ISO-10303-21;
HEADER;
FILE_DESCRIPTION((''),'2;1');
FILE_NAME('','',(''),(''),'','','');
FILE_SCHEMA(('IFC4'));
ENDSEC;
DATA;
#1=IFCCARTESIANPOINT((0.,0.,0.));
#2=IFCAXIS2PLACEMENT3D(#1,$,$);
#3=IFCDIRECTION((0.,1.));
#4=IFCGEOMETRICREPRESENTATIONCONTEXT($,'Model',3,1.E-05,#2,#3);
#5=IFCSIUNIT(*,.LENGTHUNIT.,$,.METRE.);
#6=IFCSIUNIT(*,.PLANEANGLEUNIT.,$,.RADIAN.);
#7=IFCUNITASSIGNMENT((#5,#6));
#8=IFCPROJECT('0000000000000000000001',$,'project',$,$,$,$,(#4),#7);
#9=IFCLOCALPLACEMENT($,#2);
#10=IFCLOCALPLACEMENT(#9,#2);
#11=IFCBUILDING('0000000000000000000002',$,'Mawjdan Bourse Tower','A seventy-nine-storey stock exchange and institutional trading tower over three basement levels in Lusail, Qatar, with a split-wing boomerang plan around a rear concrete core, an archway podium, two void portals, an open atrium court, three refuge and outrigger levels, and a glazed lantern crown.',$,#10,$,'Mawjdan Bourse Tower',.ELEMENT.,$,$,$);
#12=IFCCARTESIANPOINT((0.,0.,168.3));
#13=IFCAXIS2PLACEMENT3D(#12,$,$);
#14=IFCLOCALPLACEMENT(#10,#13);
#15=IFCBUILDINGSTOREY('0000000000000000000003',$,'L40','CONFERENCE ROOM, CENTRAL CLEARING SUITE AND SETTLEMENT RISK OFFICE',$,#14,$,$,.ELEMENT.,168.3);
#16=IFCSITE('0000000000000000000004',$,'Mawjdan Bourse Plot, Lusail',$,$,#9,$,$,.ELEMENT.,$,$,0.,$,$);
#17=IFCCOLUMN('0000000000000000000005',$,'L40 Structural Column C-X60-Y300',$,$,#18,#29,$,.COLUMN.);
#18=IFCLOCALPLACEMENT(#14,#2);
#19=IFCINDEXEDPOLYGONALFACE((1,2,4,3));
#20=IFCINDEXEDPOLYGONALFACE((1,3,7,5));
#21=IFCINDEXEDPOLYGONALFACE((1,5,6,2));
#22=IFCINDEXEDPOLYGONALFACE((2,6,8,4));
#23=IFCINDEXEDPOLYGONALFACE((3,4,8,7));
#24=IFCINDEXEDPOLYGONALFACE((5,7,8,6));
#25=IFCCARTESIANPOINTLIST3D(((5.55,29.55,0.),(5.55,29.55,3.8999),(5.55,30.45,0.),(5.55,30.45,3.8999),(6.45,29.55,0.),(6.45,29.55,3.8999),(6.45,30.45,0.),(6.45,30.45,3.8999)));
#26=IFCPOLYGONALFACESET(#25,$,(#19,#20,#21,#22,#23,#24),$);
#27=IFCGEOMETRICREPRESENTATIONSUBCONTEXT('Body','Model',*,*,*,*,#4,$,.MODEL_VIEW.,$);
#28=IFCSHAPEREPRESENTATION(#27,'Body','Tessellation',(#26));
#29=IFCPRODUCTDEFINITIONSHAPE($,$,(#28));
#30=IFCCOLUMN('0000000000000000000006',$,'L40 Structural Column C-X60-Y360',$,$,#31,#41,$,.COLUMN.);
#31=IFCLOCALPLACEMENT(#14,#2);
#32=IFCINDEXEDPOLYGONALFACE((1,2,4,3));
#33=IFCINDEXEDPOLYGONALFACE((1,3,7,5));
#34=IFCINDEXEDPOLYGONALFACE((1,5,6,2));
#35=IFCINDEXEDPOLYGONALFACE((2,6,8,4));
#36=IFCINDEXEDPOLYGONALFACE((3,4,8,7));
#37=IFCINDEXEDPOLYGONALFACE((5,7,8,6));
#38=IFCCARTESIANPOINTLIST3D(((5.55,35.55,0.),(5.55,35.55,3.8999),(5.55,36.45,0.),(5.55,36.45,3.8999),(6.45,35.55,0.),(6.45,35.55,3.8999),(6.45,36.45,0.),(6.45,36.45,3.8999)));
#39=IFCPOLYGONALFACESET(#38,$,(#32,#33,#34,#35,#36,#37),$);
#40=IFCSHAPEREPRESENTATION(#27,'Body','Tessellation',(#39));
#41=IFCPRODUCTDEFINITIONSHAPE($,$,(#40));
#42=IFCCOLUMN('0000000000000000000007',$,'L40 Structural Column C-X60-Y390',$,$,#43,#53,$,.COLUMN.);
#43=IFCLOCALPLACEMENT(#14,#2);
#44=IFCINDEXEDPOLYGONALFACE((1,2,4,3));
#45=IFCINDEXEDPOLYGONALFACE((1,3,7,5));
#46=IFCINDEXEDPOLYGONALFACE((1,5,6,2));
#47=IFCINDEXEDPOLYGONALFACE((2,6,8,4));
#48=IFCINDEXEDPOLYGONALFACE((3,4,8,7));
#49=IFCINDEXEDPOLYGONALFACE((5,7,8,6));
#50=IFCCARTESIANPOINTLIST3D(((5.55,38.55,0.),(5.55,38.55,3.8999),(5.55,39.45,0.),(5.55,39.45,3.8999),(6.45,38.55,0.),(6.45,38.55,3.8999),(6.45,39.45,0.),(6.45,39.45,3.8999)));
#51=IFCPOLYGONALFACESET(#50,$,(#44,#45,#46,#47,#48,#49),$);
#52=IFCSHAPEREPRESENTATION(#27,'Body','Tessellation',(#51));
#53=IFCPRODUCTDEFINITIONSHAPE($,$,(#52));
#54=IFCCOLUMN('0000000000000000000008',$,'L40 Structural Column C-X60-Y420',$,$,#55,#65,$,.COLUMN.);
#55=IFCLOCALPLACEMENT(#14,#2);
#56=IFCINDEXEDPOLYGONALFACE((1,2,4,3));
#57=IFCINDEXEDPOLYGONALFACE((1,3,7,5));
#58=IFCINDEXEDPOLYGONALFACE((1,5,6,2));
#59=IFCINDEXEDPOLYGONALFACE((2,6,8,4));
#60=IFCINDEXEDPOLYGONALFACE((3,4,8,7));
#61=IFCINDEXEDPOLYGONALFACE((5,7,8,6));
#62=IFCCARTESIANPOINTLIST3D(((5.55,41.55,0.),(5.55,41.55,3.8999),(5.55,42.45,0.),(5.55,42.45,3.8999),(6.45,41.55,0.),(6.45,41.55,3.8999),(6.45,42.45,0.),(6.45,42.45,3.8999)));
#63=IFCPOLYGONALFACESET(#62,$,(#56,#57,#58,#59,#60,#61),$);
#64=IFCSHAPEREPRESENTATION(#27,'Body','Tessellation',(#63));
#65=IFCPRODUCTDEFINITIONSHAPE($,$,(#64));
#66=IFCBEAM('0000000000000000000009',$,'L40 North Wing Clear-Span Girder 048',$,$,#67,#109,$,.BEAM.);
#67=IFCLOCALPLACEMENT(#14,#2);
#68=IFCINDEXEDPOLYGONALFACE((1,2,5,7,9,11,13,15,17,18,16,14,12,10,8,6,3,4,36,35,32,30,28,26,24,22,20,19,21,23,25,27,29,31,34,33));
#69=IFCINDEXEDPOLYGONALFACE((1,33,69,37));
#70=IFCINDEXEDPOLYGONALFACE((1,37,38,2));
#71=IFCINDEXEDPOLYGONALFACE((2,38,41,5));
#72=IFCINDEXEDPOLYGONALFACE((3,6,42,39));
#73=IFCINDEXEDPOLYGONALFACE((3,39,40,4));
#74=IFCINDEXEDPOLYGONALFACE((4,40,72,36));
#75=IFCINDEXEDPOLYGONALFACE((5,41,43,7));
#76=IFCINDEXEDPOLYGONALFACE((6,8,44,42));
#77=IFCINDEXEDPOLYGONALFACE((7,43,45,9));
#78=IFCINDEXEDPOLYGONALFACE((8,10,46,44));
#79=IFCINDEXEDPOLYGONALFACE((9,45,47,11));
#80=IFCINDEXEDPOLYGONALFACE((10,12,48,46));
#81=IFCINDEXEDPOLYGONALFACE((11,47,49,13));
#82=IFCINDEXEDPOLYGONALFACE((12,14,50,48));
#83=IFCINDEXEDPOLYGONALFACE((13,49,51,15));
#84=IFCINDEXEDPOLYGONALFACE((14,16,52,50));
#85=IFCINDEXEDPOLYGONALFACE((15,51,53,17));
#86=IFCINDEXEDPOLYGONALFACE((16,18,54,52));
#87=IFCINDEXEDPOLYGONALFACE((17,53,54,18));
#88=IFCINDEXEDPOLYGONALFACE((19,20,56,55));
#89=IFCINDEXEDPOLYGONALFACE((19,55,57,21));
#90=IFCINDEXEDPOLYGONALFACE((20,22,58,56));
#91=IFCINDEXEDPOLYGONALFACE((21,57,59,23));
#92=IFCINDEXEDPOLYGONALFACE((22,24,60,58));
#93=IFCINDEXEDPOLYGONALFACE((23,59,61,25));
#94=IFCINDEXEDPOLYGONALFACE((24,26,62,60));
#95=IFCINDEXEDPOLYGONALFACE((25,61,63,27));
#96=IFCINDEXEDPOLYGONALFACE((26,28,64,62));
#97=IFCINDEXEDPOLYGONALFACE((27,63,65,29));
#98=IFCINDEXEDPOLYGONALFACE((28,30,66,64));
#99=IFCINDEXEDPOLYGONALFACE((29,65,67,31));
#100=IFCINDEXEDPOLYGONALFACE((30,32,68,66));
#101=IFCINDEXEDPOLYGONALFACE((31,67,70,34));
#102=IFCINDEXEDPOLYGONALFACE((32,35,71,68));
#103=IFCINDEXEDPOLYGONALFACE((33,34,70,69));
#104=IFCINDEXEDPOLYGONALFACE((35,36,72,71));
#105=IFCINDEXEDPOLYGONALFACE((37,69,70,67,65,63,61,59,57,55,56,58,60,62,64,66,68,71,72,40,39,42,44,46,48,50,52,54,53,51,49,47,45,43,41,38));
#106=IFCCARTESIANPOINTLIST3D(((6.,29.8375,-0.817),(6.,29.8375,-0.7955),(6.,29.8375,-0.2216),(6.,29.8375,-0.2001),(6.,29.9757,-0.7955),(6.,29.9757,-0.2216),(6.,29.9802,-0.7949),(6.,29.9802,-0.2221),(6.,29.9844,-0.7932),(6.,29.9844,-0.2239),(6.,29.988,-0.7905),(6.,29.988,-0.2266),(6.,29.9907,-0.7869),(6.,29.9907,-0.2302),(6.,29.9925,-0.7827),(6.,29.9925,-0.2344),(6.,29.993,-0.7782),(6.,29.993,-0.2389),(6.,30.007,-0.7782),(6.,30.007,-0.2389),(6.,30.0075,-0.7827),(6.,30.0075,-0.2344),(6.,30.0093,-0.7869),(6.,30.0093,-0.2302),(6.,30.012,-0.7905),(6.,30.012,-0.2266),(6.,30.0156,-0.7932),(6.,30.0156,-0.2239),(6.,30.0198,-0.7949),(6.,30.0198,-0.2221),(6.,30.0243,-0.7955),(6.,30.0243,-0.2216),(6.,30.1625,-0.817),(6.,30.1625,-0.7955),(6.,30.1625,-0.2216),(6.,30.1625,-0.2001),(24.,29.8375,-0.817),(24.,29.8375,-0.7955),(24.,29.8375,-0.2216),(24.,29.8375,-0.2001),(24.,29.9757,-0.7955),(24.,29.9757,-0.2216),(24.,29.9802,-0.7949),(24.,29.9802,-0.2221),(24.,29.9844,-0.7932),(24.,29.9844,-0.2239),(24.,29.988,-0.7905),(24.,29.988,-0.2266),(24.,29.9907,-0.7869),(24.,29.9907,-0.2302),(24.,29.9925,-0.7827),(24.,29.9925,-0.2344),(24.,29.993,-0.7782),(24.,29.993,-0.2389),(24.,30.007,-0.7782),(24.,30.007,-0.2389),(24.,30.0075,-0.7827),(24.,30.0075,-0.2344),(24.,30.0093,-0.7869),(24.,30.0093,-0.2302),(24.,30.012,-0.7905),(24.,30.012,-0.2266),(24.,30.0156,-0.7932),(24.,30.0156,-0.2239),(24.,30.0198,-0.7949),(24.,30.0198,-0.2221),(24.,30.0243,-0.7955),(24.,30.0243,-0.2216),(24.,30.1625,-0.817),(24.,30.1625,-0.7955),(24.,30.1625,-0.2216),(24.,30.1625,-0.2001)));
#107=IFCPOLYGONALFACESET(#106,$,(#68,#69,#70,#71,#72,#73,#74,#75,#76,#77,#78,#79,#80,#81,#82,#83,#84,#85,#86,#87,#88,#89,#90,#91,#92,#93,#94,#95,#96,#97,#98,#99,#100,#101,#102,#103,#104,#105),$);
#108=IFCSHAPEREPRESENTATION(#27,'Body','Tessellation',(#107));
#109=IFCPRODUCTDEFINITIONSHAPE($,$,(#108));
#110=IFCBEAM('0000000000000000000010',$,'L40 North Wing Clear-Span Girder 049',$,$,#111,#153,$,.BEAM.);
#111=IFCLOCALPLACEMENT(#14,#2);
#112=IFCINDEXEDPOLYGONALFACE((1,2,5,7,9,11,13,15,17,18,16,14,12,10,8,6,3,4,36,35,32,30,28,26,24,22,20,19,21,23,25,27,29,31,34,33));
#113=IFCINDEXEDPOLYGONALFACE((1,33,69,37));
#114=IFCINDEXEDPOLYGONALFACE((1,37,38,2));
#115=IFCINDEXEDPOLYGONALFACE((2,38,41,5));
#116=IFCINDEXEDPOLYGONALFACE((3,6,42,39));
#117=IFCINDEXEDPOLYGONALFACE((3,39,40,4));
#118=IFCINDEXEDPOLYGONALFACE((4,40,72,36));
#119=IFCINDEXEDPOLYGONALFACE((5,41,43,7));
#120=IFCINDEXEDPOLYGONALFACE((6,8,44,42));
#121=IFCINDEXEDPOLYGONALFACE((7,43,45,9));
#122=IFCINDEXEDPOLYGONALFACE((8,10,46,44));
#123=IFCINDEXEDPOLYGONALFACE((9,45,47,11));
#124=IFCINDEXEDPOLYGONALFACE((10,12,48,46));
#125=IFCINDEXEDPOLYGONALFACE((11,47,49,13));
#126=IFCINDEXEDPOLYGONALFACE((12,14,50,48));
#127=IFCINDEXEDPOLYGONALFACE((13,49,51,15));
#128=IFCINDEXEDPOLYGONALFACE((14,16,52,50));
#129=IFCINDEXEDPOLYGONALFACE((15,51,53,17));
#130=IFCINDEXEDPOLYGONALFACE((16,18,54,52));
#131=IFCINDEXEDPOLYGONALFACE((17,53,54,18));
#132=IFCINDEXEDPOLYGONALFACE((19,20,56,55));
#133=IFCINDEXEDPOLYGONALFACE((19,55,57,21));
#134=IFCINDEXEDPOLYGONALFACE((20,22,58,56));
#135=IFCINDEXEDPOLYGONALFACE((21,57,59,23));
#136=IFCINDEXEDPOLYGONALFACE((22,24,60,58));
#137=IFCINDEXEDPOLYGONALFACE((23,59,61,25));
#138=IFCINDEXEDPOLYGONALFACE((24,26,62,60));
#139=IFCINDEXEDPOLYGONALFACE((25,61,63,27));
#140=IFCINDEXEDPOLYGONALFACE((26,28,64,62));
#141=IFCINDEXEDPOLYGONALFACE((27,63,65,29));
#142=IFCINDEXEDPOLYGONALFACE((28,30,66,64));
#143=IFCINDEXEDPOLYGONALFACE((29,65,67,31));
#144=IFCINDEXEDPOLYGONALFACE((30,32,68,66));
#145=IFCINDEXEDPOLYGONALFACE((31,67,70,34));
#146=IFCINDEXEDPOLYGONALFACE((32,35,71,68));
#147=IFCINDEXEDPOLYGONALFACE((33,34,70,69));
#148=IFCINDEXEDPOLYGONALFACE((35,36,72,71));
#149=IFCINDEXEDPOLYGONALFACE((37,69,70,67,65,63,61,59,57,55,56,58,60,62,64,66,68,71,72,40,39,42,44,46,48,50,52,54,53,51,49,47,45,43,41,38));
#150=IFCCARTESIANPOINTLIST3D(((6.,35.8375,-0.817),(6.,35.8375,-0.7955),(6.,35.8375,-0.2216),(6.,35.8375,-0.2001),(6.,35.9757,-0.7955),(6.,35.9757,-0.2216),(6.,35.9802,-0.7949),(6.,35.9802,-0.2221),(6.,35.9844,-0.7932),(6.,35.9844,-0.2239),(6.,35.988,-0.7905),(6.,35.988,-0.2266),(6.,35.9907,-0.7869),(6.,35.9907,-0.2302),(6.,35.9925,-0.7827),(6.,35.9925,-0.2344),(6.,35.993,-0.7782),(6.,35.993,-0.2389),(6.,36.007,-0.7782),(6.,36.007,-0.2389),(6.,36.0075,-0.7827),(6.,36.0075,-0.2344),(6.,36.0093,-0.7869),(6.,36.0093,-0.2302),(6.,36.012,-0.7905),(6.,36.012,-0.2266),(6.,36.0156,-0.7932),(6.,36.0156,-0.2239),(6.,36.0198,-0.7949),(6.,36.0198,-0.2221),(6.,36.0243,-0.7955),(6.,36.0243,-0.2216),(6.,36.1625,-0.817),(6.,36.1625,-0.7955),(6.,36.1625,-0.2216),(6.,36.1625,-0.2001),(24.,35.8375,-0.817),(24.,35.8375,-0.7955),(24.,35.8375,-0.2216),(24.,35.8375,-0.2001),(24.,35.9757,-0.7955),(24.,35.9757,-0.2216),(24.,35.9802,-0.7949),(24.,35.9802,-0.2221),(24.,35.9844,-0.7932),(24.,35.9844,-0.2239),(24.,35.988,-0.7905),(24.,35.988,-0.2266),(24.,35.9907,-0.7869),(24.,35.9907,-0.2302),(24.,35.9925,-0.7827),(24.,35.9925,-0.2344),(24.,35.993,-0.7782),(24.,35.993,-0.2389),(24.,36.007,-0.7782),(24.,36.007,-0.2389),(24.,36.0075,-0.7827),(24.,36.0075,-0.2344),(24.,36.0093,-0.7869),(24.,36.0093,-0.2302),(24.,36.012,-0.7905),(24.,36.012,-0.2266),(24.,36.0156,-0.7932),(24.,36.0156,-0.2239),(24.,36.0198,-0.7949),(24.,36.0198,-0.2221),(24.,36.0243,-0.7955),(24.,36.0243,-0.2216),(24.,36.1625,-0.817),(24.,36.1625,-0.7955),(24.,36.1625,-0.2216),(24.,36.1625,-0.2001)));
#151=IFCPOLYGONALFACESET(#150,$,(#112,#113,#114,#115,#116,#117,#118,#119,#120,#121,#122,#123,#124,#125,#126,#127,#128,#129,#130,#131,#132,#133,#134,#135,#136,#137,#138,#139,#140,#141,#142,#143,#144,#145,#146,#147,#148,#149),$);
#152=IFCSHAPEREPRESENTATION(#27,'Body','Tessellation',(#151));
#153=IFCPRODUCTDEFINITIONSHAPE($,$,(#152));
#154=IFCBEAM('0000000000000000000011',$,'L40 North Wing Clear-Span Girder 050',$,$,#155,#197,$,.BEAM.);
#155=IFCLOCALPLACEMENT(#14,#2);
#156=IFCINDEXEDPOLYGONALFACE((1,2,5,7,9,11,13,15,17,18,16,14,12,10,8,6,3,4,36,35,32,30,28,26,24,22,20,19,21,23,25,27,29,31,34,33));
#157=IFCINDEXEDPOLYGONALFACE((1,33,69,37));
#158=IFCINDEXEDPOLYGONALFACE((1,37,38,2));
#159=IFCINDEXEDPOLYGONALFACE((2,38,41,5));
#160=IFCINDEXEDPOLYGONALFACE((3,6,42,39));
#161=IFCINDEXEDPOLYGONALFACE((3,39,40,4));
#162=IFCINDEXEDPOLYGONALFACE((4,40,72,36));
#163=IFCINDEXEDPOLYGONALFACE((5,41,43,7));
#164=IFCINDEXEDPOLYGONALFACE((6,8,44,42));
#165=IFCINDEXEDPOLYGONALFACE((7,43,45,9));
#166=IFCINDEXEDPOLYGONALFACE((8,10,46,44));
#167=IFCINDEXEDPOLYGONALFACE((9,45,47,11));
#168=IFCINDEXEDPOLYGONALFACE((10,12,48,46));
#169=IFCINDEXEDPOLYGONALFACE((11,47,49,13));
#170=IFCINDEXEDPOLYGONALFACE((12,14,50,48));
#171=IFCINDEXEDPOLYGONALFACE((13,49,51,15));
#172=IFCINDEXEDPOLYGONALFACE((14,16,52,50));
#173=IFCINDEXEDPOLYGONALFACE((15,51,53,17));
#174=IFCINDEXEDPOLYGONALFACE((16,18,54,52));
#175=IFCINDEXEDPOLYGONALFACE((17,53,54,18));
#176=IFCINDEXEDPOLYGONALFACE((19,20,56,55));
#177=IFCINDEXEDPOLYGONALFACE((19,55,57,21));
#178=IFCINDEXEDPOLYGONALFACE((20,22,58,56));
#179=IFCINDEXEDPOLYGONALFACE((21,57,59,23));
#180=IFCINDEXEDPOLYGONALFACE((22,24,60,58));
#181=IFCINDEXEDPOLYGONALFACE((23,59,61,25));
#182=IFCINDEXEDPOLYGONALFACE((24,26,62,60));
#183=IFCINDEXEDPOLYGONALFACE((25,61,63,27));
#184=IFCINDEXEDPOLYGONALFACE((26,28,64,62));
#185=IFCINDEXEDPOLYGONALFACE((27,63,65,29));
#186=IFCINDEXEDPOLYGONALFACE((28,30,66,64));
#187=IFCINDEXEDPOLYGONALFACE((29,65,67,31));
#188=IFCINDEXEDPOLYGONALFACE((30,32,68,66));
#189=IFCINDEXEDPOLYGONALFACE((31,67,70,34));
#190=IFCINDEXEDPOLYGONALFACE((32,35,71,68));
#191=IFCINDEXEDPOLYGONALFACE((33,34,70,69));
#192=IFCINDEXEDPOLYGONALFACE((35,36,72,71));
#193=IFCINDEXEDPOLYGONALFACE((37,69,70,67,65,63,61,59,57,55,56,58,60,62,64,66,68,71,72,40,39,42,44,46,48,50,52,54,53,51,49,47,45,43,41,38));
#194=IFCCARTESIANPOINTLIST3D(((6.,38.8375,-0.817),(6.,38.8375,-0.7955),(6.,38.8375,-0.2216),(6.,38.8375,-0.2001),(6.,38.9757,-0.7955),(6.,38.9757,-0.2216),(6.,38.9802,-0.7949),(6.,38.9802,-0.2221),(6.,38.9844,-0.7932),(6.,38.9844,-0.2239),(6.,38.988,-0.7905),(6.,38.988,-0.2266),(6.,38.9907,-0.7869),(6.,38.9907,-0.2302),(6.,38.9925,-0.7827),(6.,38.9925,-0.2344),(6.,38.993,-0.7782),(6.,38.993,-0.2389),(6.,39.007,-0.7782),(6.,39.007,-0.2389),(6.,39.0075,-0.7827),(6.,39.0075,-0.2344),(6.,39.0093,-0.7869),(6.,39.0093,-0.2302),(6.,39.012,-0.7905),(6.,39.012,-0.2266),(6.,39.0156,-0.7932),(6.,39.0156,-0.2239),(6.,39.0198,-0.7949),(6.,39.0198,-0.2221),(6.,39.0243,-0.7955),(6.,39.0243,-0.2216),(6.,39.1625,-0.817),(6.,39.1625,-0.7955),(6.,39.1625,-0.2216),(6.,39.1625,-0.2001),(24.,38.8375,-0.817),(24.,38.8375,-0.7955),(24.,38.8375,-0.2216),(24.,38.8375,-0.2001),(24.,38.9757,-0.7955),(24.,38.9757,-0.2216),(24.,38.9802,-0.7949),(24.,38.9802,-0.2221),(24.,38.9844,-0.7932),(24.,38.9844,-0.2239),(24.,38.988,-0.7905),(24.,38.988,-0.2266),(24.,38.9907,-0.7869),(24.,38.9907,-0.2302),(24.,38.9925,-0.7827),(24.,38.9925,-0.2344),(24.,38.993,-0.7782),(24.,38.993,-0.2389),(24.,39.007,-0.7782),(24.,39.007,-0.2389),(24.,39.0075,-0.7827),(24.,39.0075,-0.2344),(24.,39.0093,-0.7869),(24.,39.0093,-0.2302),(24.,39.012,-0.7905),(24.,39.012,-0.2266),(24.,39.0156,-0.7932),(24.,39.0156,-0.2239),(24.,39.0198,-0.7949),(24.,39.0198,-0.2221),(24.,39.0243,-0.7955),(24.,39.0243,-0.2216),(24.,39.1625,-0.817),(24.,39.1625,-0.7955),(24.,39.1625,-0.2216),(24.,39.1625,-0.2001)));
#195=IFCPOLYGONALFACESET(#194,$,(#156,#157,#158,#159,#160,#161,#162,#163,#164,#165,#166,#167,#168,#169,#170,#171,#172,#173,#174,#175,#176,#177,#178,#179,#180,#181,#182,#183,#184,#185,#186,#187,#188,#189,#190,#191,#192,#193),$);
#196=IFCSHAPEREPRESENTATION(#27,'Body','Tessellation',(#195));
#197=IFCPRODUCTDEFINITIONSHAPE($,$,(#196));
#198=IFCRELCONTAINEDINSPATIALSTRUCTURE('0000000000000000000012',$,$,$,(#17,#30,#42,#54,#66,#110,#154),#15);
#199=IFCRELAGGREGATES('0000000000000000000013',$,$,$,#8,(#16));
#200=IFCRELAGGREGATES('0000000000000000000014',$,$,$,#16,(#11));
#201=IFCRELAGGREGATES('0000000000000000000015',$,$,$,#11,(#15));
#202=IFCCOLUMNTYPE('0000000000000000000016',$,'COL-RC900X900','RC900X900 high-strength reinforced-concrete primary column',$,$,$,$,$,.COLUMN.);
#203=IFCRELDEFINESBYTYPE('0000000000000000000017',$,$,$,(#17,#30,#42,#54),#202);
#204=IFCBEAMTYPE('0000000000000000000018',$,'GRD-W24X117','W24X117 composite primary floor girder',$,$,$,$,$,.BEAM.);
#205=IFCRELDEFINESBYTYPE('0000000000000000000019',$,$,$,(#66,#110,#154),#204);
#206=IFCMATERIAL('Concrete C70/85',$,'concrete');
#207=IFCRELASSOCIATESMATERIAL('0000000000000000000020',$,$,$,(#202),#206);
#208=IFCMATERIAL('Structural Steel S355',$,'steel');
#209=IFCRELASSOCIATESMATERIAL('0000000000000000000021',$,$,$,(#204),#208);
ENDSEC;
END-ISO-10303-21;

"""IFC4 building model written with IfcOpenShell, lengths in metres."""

from ifc_helpers import new_model, si_unit, direction, frame, origin, origin_2d, place, context, subcontext, project, spatial, rectangle, i_section, extrude, material, material_profile, profile_set, type_object, element, save


model = new_model("IFC4")

# Units and contexts
model_context = context("Model", 3, precision=1e-05, world=origin(), true_north=direction((0.0, 1.0)))
body_context = subcontext(model_context, "Body", "Model", "MODEL_VIEW")
ifc_project = project(units=[si_unit("LENGTHUNIT", "METRE"), si_unit("PLANEANGLEUNIT", "RADIAN")], contexts=[model_context])

# Site, building, storey
site_placement = place(None, origin())
site = spatial("IfcSite", under=ifc_project, at=site_placement, Name="Mawjdan Bourse Plot, Lusail", CompositionType="ELEMENT", RefElevation=0.0)
building_placement = place(site_placement, origin())
building = spatial("IfcBuilding", under=site, at=building_placement, Name="Mawjdan Bourse Tower", Description="A seventy-nine-storey stock exchange and institutional trading tower over three basement levels in Lusail, Qatar, with a split-wing boomerang plan around a rear concrete core, an archway podium, two void portals, an open atrium court, three refuge and outrigger levels, and a glazed lantern crown.", LongName="Mawjdan Bourse Tower", CompositionType="ELEMENT")
storey_placement = place(building_placement, frame((0.0, 0.0, 168.3)))
storey = spatial("IfcBuildingStorey", under=building, at=storey_placement, Name="L40", Description="CONFERENCE ROOM, CENTRAL CLEARING SUITE AND SETTLEMENT RISK OFFICE", CompositionType="ELEMENT", Elevation=168.3)

# Columns
ifc_material_1 = material(Name="Concrete C70/85", Category="concrete")
ifc_material_profile_1 = material_profile(ifc_material_1, rectangle(XDim=0.8999, YDim=0.8999, at=origin_2d()), Name="RC900X900")
ifc_profile_set_1 = profile_set([ifc_material_profile_1], Name="Concrete C70/85")
column_type = type_object("IfcColumnType", Name="COL-RC900X900", Description="RC900X900 high-strength reinforced-concrete primary column", PredefinedType="COLUMN", material=ifc_profile_set_1)
for number, where, z_axis, x_axis, name in (
    (1, (6.0, 30.0, 0.0), (0.0, 0.0, 1.0), (1.0, 0.0, 0.0), "L40 Structural Column C-X60-Y300"),
    (2, (6.0, 36.0, 0.0), (0.0, 0.0, 1.0), (1.0, 0.0, 0.0), "L40 Structural Column C-X60-Y360"),
    (3, (6.0, 39.0, 0.0), (0.0, 0.0, 1.0), (1.0, 0.0, 0.0), "L40 Structural Column C-X60-Y390"),
    (4, (6.0, 42.0, 0.0), (0.0, 0.0, 1.0), (1.0, 0.0, 0.0), "L40 Structural Column C-X60-Y420"),
):
    element("IfcColumn", number, at=place(storey_placement, frame(where, z_axis=z_axis, x_axis=x_axis)), inside=storey, type_object=column_type, Name=name, PredefinedType="COLUMN", context=body_context, shape_type="SweptSolid", body=[
        extrude(rectangle(XDim=0.8999, YDim=0.8999, at=origin_2d()), origin(), (0.0, 0.0, 1.0), 3.8999),
    ])

# Beams
ifc_material_2 = material(Name="Structural Steel S355", Category="steel")
ifc_material_profile_2 = material_profile(ifc_material_2, i_section(OverallWidth=0.325, OverallDepth=0.6169, WebThickness=0.0139, FlangeThickness=0.0215, FilletRadius=0.0173, at=origin_2d()), Name="W24X117")
ifc_profile_set_2 = profile_set([ifc_material_profile_2], Name="Structural Steel S355")
beam_type_1 = type_object("IfcBeamType", Name="GRD-W24X117", Description="W24X117 composite primary floor girder", PredefinedType="BEAM", material=ifc_profile_set_2)
for number, where, z_axis, x_axis, name in (
    (5, (6.0, 30.0, -0.5085), (1.0, 0.0, 0.0), (0.0, 1.0, 0.0), "L40 North Wing Clear-Span Girder 048"),
    (6, (6.0, 36.0, -0.5085), (1.0, 0.0, 0.0), (0.0, 1.0, 0.0), "L40 North Wing Clear-Span Girder 049"),
    (7, (6.0, 39.0, -0.5085), (1.0, 0.0, 0.0), (0.0, 1.0, 0.0), "L40 North Wing Clear-Span Girder 050"),
):
    element("IfcBeam", number, at=place(storey_placement, frame(where, z_axis=z_axis, x_axis=x_axis)), inside=storey, type_object=beam_type_1, Name=name, PredefinedType="BEAM", context=body_context, shape_type="SweptSolid", body=[
        extrude(i_section(OverallWidth=0.325, OverallDepth=0.6169, WebThickness=0.0139, FlangeThickness=0.0215, FilletRadius=0.0173, at=origin_2d()), origin(), (0.0, 0.0, 1.0), 18.0),
    ])

save(model, "model.ifc")
